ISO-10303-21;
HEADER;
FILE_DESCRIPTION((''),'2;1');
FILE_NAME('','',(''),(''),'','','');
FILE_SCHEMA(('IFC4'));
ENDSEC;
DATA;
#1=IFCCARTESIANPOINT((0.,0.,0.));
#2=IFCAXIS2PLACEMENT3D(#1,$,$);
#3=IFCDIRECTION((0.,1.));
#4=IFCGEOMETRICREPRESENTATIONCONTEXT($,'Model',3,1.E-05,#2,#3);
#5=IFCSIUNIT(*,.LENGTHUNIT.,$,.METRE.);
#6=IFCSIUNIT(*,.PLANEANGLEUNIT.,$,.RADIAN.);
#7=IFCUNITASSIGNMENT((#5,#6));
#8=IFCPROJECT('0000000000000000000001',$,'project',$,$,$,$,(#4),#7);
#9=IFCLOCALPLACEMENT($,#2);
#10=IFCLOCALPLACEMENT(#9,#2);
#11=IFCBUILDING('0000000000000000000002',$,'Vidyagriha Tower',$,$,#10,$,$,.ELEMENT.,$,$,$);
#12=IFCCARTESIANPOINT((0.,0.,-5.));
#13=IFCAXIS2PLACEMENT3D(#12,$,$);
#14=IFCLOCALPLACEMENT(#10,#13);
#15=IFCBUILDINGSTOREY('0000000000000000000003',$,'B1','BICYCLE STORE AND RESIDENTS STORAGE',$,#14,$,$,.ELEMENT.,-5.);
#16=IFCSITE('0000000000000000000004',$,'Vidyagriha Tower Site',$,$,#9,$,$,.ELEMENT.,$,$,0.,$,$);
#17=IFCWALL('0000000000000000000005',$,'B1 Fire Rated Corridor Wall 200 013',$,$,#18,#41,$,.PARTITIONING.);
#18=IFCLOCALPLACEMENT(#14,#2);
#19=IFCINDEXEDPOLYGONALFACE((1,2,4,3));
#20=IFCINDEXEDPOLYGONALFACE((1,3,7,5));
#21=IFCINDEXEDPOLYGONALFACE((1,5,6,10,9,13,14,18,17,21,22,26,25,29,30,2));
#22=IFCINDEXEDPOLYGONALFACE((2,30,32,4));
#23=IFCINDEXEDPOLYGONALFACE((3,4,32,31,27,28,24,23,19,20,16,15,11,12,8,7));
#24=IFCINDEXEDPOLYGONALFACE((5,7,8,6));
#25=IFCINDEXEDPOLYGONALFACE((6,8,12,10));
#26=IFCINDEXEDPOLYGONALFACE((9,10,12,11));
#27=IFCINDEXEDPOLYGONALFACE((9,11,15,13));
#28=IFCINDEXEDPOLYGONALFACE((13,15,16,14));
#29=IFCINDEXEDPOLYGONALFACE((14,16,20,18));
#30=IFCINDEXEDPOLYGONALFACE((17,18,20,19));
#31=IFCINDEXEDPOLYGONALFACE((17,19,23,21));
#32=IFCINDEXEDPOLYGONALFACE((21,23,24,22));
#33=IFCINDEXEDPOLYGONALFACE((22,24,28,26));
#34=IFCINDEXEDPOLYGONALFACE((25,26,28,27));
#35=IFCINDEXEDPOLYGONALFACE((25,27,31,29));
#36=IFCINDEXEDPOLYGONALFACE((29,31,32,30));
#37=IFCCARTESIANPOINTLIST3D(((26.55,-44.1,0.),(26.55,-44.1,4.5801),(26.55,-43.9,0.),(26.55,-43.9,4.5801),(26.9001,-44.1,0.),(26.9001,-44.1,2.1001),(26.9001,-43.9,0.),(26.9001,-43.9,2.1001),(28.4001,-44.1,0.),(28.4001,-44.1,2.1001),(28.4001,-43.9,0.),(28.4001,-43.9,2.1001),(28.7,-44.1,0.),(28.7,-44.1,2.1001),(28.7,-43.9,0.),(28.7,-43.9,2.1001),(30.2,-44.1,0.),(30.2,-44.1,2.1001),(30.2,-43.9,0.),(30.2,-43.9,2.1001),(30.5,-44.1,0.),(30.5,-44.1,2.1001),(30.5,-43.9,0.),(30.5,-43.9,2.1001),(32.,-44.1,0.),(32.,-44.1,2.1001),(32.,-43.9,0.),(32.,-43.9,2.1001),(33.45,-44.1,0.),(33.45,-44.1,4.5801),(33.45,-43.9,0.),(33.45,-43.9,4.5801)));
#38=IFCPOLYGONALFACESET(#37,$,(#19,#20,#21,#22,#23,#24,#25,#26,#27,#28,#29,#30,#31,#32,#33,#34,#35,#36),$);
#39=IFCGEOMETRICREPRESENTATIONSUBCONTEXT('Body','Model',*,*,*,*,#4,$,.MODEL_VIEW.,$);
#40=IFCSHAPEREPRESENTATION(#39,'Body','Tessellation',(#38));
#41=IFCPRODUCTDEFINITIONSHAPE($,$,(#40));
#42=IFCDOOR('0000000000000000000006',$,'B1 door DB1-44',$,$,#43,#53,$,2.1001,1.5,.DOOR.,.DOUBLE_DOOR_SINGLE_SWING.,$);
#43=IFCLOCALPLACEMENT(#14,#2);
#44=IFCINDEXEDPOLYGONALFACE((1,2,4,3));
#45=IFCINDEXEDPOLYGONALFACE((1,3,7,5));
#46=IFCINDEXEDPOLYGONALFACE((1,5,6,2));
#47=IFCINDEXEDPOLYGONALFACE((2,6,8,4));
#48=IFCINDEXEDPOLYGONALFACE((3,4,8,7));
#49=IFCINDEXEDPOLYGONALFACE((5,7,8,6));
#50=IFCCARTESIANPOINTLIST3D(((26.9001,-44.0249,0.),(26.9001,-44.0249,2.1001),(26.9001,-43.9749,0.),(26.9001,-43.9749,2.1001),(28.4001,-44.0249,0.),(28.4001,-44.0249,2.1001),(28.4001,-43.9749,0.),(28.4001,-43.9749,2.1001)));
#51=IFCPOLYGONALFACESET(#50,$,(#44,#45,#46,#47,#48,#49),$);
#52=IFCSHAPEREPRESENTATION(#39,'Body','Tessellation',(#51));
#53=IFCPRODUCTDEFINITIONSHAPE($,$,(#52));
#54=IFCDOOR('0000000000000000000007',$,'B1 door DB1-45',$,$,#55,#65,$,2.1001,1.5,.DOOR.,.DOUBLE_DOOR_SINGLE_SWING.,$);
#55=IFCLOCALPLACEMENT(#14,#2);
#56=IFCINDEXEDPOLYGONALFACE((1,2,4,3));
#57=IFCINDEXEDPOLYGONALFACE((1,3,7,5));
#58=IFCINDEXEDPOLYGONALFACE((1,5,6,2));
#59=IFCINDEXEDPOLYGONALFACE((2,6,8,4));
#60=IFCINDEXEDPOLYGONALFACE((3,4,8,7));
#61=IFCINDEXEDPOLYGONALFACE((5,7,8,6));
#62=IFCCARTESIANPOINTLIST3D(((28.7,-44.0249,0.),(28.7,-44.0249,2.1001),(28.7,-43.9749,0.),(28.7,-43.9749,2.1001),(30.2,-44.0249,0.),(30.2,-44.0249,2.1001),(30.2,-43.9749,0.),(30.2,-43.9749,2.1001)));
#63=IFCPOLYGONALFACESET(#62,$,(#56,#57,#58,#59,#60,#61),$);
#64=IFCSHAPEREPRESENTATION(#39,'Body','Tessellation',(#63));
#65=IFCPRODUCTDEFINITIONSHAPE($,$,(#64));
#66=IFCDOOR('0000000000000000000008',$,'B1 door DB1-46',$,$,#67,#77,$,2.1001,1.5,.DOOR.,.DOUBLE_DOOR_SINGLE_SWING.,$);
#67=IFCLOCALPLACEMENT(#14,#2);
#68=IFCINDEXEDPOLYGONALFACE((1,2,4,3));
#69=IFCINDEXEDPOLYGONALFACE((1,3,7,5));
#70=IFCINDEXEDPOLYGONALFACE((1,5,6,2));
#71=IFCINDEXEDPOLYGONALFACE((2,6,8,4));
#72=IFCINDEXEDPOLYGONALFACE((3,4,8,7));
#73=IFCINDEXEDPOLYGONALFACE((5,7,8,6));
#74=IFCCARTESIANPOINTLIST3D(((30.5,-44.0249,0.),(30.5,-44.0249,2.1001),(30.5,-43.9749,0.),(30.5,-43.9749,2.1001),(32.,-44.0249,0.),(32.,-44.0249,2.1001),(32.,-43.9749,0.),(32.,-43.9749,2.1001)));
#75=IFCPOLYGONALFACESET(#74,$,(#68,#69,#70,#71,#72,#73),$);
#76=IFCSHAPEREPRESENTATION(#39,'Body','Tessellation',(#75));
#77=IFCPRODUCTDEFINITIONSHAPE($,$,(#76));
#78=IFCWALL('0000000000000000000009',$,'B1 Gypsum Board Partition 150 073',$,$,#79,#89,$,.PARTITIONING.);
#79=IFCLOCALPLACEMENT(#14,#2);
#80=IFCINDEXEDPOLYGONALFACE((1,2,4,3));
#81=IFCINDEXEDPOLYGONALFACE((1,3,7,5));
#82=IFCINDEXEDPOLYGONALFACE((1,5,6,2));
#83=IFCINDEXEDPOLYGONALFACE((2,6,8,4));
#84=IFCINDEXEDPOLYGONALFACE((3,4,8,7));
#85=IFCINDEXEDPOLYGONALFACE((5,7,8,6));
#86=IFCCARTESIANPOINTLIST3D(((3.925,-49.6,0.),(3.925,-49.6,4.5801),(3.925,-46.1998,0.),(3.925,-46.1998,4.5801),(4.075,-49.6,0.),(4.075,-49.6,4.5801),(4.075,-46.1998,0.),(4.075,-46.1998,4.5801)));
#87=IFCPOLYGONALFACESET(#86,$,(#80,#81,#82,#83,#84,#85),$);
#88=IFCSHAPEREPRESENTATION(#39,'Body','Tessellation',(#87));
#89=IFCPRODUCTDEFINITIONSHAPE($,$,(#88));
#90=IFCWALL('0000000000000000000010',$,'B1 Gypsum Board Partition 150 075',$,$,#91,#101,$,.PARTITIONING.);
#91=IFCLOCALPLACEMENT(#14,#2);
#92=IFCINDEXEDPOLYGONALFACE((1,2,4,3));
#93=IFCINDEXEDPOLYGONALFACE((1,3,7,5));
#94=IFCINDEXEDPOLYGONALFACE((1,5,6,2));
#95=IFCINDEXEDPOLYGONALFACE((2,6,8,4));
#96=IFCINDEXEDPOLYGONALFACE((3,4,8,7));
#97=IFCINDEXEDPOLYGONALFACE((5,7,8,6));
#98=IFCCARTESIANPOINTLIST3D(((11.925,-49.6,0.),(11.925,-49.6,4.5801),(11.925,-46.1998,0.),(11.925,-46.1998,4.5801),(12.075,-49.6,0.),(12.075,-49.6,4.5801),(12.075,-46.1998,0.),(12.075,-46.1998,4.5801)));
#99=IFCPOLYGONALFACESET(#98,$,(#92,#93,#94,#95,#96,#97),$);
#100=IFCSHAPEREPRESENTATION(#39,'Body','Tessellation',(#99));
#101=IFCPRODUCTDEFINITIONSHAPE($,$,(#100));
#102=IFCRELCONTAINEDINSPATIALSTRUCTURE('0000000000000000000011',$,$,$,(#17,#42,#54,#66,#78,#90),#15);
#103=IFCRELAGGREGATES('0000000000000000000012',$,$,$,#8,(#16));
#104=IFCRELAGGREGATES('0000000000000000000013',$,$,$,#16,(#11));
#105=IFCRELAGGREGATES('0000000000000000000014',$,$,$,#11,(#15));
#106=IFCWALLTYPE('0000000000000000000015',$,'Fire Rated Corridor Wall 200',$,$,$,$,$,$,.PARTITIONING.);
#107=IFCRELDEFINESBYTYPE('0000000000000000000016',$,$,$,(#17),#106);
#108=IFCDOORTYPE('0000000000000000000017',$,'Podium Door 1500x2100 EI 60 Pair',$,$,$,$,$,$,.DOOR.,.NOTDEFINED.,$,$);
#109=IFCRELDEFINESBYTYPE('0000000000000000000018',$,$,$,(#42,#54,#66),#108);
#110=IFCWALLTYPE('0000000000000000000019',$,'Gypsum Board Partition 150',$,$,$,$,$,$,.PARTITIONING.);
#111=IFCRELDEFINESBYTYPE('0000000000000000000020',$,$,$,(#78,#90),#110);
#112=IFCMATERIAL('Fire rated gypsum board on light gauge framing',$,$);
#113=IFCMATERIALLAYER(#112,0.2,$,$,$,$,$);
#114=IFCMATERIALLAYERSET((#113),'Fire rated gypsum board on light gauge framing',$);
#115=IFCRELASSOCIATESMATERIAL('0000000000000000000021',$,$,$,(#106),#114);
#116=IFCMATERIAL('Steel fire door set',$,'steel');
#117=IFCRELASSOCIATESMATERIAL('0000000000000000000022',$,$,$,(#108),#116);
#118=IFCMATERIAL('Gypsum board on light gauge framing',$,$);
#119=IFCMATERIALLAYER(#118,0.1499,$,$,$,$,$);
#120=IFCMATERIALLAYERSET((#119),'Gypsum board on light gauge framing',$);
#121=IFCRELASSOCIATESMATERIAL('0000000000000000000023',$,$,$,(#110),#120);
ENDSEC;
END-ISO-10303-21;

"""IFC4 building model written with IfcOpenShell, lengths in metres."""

from ifc_helpers import new_model, si_unit, direction, frame, frame_2d, origin, place, context, subcontext, project, spatial, rectangle, extrude, material, layer, layer_set, type_object, element, fill, save


model = new_model("IFC4")

# Units and contexts
model_context = context("Model", 3, precision=1e-05, world=origin(), true_north=direction((0.0, 1.0)))
body_context = subcontext(model_context, "Body", "Model", "MODEL_VIEW")
ifc_project = project(units=[si_unit("LENGTHUNIT", "METRE"), si_unit("PLANEANGLEUNIT", "RADIAN")], contexts=[model_context])

# Site, building, storey
site_placement = place(None, origin())
site = spatial("IfcSite", under=ifc_project, at=site_placement, Name="Vidyagriha Tower Site", CompositionType="ELEMENT", RefElevation=0.0)
building_placement = place(site_placement, origin())
building = spatial("IfcBuilding", under=site, at=building_placement, Name="Vidyagriha Tower", CompositionType="ELEMENT")
storey_placement = place(building_placement, frame((0.0, 0.0, -5.0)))
storey = spatial("IfcBuildingStorey", under=building, at=storey_placement, Name="B1", Description="BICYCLE STORE AND RESIDENTS STORAGE", CompositionType="ELEMENT", Elevation=-5.0)

# Shared definitions
ifc_material_1 = material(Name="Fire rated gypsum board on light gauge framing")
ifc_layer_1 = layer(ifc_material_1, 0.2)
ifc_layer_set_1 = layer_set([ifc_layer_1], Name="Fire rated gypsum board on light gauge framing")
wall_type_1 = type_object("IfcWallType", Name="Fire Rated Corridor Wall 200", PredefinedType="PARTITIONING", material=ifc_layer_set_1)

# Wall, openings, doors
wall_1_placement = place(storey_placement, frame((26.55, -44.0, 0.0)))
wall_1 = element("IfcWall", 1, at=wall_1_placement, inside=storey, type_object=wall_type_1, Name="B1 Fire Rated Corridor Wall 200 013", PredefinedType="PARTITIONING", context=body_context, shape_type="SweptSolid", body=[
    extrude(rectangle(XDim=6.8999, YDim=0.2, at=frame_2d((3.45, 0.0))), origin(), (0.0, 0.0, 1.0), 4.5801),
])
opening_1_placement = place(wall_1_placement, frame((0.3501, 0.0, 0.0)))
opening_1 = element("IfcOpeningElement", 2, at=opening_1_placement, cuts=wall_1, PredefinedType="OPENING", context=body_context, shape_type="SweptSolid", body=[
    extrude(rectangle(XDim=1.5, YDim=2.1001, at=frame_2d((0.75, 1.05))), frame((0.0, 0.1099, 0.0), z_axis=(0.0, -1.0, 0.0), x_axis=(1.0, 0.0, 0.0)), (0.0, 0.0, 1.0), 0.22),
])
opening_2_placement = place(wall_1_placement, frame((2.1499, 0.0, 0.0)))
opening_2 = element("IfcOpeningElement", 3, at=opening_2_placement, cuts=wall_1, PredefinedType="OPENING", context=body_context, shape_type="SweptSolid", body=[
    extrude(rectangle(XDim=1.5, YDim=2.1001, at=frame_2d((0.75, 1.05))), frame((0.0, 0.1099, 0.0), z_axis=(0.0, -1.0, 0.0), x_axis=(1.0, 0.0, 0.0)), (0.0, 0.0, 1.0), 0.22),
])
opening_3_placement = place(wall_1_placement, frame((3.95, 0.0, 0.0)))
opening_3 = element("IfcOpeningElement", 4, at=opening_3_placement, cuts=wall_1, PredefinedType="OPENING", context=body_context, shape_type="SweptSolid", body=[
    extrude(rectangle(XDim=1.5, YDim=2.1001, at=frame_2d((0.75, 1.05))), frame((0.0, 0.1099, 0.0), z_axis=(0.0, -1.0, 0.0), x_axis=(1.0, 0.0, 0.0)), (0.0, 0.0, 1.0), 0.22),
])
ifc_material_2 = material(Name="Steel fire door set", Category="steel")
door_type = type_object("IfcDoorType", Name="Podium Door 1500x2100 EI 60 Pair", OperationType="NOTDEFINED", PredefinedType="DOOR", material=ifc_material_2)
door_1_placement = place(opening_1_placement, frame((1.5, 0.0, 0.0), z_axis=(0.0, 0.0, 1.0), x_axis=(-1.0, 0.0, 0.0)))
door_1 = element("IfcDoor", 5, at=door_1_placement, inside=storey, type_object=door_type, Name="B1 door DB1-44", OperationType="DOUBLE_DOOR_SINGLE_SWING", OverallHeight=2.1001, OverallWidth=1.5, PredefinedType="DOOR", context=body_context, shape_type="SweptSolid", body=[
    extrude(rectangle(XDim=1.5, YDim=2.1001, at=frame_2d((0.75, 1.05))), frame((0.0, 0.0249, 0.0), z_axis=(0.0, -1.0, 0.0), x_axis=(1.0, 0.0, 0.0)), (0.0, 0.0, 1.0), 0.05),
])
fill(opening_1, door_1)
door_2_placement = place(opening_2_placement, frame((1.5, 0.0, 0.0), z_axis=(0.0, 0.0, 1.0), x_axis=(-1.0, 0.0, 0.0)))
door_2 = element("IfcDoor", 6, at=door_2_placement, inside=storey, type_object=door_type, Name="B1 door DB1-45", OperationType="DOUBLE_DOOR_SINGLE_SWING", OverallHeight=2.1001, OverallWidth=1.5, PredefinedType="DOOR", context=body_context, shape_type="SweptSolid", body=[
    extrude(rectangle(XDim=1.5, YDim=2.1001, at=frame_2d((0.75, 1.05))), frame((0.0, 0.0249, 0.0), z_axis=(0.0, -1.0, 0.0), x_axis=(1.0, 0.0, 0.0)), (0.0, 0.0, 1.0), 0.05),
])
fill(opening_2, door_2)
door_3_placement = place(opening_3_placement, frame((1.5, 0.0, 0.0), z_axis=(0.0, 0.0, 1.0), x_axis=(-1.0, 0.0, 0.0)))
door_3 = element("IfcDoor", 7, at=door_3_placement, inside=storey, type_object=door_type, Name="B1 door DB1-46", OperationType="DOUBLE_DOOR_SINGLE_SWING", OverallHeight=2.1001, OverallWidth=1.5, PredefinedType="DOOR", context=body_context, shape_type="SweptSolid", body=[
    extrude(rectangle(XDim=1.5, YDim=2.1001, at=frame_2d((0.75, 1.05))), frame((0.0, 0.0249, 0.0), z_axis=(0.0, -1.0, 0.0), x_axis=(1.0, 0.0, 0.0)), (0.0, 0.0, 1.0), 0.05),
])
fill(opening_3, door_3)

# Walls
ifc_material_3 = material(Name="Gypsum board on light gauge framing")
ifc_layer_2 = layer(ifc_material_3, 0.1499)
ifc_layer_set_2 = layer_set([ifc_layer_2], Name="Gypsum board on light gauge framing")
wall_type_2 = type_object("IfcWallType", Name="Gypsum Board Partition 150", PredefinedType="PARTITIONING", material=ifc_layer_set_2)
for number, where, z_axis, x_axis, name in (
    (8, (4.0, -49.6001, 0.0), (0.0, 0.0, 1.0), (0.0, 1.0, 0.0), "B1 Gypsum Board Partition 150 073"),
    (9, (12.0, -49.6001, 0.0), (0.0, 0.0, 1.0), (0.0, 1.0, 0.0), "B1 Gypsum Board Partition 150 075"),
):
    element("IfcWall", number, at=place(storey_placement, frame(where, z_axis=z_axis, x_axis=x_axis)), inside=storey, type_object=wall_type_2, Name=name, PredefinedType="PARTITIONING", context=body_context, shape_type="SweptSolid", body=[
        extrude(rectangle(XDim=3.4001, YDim=0.1499, at=frame_2d((1.7002, 0.0))), origin(), (0.0, 0.0, 1.0), 4.5801),
    ])

save(model, "model.ifc")
